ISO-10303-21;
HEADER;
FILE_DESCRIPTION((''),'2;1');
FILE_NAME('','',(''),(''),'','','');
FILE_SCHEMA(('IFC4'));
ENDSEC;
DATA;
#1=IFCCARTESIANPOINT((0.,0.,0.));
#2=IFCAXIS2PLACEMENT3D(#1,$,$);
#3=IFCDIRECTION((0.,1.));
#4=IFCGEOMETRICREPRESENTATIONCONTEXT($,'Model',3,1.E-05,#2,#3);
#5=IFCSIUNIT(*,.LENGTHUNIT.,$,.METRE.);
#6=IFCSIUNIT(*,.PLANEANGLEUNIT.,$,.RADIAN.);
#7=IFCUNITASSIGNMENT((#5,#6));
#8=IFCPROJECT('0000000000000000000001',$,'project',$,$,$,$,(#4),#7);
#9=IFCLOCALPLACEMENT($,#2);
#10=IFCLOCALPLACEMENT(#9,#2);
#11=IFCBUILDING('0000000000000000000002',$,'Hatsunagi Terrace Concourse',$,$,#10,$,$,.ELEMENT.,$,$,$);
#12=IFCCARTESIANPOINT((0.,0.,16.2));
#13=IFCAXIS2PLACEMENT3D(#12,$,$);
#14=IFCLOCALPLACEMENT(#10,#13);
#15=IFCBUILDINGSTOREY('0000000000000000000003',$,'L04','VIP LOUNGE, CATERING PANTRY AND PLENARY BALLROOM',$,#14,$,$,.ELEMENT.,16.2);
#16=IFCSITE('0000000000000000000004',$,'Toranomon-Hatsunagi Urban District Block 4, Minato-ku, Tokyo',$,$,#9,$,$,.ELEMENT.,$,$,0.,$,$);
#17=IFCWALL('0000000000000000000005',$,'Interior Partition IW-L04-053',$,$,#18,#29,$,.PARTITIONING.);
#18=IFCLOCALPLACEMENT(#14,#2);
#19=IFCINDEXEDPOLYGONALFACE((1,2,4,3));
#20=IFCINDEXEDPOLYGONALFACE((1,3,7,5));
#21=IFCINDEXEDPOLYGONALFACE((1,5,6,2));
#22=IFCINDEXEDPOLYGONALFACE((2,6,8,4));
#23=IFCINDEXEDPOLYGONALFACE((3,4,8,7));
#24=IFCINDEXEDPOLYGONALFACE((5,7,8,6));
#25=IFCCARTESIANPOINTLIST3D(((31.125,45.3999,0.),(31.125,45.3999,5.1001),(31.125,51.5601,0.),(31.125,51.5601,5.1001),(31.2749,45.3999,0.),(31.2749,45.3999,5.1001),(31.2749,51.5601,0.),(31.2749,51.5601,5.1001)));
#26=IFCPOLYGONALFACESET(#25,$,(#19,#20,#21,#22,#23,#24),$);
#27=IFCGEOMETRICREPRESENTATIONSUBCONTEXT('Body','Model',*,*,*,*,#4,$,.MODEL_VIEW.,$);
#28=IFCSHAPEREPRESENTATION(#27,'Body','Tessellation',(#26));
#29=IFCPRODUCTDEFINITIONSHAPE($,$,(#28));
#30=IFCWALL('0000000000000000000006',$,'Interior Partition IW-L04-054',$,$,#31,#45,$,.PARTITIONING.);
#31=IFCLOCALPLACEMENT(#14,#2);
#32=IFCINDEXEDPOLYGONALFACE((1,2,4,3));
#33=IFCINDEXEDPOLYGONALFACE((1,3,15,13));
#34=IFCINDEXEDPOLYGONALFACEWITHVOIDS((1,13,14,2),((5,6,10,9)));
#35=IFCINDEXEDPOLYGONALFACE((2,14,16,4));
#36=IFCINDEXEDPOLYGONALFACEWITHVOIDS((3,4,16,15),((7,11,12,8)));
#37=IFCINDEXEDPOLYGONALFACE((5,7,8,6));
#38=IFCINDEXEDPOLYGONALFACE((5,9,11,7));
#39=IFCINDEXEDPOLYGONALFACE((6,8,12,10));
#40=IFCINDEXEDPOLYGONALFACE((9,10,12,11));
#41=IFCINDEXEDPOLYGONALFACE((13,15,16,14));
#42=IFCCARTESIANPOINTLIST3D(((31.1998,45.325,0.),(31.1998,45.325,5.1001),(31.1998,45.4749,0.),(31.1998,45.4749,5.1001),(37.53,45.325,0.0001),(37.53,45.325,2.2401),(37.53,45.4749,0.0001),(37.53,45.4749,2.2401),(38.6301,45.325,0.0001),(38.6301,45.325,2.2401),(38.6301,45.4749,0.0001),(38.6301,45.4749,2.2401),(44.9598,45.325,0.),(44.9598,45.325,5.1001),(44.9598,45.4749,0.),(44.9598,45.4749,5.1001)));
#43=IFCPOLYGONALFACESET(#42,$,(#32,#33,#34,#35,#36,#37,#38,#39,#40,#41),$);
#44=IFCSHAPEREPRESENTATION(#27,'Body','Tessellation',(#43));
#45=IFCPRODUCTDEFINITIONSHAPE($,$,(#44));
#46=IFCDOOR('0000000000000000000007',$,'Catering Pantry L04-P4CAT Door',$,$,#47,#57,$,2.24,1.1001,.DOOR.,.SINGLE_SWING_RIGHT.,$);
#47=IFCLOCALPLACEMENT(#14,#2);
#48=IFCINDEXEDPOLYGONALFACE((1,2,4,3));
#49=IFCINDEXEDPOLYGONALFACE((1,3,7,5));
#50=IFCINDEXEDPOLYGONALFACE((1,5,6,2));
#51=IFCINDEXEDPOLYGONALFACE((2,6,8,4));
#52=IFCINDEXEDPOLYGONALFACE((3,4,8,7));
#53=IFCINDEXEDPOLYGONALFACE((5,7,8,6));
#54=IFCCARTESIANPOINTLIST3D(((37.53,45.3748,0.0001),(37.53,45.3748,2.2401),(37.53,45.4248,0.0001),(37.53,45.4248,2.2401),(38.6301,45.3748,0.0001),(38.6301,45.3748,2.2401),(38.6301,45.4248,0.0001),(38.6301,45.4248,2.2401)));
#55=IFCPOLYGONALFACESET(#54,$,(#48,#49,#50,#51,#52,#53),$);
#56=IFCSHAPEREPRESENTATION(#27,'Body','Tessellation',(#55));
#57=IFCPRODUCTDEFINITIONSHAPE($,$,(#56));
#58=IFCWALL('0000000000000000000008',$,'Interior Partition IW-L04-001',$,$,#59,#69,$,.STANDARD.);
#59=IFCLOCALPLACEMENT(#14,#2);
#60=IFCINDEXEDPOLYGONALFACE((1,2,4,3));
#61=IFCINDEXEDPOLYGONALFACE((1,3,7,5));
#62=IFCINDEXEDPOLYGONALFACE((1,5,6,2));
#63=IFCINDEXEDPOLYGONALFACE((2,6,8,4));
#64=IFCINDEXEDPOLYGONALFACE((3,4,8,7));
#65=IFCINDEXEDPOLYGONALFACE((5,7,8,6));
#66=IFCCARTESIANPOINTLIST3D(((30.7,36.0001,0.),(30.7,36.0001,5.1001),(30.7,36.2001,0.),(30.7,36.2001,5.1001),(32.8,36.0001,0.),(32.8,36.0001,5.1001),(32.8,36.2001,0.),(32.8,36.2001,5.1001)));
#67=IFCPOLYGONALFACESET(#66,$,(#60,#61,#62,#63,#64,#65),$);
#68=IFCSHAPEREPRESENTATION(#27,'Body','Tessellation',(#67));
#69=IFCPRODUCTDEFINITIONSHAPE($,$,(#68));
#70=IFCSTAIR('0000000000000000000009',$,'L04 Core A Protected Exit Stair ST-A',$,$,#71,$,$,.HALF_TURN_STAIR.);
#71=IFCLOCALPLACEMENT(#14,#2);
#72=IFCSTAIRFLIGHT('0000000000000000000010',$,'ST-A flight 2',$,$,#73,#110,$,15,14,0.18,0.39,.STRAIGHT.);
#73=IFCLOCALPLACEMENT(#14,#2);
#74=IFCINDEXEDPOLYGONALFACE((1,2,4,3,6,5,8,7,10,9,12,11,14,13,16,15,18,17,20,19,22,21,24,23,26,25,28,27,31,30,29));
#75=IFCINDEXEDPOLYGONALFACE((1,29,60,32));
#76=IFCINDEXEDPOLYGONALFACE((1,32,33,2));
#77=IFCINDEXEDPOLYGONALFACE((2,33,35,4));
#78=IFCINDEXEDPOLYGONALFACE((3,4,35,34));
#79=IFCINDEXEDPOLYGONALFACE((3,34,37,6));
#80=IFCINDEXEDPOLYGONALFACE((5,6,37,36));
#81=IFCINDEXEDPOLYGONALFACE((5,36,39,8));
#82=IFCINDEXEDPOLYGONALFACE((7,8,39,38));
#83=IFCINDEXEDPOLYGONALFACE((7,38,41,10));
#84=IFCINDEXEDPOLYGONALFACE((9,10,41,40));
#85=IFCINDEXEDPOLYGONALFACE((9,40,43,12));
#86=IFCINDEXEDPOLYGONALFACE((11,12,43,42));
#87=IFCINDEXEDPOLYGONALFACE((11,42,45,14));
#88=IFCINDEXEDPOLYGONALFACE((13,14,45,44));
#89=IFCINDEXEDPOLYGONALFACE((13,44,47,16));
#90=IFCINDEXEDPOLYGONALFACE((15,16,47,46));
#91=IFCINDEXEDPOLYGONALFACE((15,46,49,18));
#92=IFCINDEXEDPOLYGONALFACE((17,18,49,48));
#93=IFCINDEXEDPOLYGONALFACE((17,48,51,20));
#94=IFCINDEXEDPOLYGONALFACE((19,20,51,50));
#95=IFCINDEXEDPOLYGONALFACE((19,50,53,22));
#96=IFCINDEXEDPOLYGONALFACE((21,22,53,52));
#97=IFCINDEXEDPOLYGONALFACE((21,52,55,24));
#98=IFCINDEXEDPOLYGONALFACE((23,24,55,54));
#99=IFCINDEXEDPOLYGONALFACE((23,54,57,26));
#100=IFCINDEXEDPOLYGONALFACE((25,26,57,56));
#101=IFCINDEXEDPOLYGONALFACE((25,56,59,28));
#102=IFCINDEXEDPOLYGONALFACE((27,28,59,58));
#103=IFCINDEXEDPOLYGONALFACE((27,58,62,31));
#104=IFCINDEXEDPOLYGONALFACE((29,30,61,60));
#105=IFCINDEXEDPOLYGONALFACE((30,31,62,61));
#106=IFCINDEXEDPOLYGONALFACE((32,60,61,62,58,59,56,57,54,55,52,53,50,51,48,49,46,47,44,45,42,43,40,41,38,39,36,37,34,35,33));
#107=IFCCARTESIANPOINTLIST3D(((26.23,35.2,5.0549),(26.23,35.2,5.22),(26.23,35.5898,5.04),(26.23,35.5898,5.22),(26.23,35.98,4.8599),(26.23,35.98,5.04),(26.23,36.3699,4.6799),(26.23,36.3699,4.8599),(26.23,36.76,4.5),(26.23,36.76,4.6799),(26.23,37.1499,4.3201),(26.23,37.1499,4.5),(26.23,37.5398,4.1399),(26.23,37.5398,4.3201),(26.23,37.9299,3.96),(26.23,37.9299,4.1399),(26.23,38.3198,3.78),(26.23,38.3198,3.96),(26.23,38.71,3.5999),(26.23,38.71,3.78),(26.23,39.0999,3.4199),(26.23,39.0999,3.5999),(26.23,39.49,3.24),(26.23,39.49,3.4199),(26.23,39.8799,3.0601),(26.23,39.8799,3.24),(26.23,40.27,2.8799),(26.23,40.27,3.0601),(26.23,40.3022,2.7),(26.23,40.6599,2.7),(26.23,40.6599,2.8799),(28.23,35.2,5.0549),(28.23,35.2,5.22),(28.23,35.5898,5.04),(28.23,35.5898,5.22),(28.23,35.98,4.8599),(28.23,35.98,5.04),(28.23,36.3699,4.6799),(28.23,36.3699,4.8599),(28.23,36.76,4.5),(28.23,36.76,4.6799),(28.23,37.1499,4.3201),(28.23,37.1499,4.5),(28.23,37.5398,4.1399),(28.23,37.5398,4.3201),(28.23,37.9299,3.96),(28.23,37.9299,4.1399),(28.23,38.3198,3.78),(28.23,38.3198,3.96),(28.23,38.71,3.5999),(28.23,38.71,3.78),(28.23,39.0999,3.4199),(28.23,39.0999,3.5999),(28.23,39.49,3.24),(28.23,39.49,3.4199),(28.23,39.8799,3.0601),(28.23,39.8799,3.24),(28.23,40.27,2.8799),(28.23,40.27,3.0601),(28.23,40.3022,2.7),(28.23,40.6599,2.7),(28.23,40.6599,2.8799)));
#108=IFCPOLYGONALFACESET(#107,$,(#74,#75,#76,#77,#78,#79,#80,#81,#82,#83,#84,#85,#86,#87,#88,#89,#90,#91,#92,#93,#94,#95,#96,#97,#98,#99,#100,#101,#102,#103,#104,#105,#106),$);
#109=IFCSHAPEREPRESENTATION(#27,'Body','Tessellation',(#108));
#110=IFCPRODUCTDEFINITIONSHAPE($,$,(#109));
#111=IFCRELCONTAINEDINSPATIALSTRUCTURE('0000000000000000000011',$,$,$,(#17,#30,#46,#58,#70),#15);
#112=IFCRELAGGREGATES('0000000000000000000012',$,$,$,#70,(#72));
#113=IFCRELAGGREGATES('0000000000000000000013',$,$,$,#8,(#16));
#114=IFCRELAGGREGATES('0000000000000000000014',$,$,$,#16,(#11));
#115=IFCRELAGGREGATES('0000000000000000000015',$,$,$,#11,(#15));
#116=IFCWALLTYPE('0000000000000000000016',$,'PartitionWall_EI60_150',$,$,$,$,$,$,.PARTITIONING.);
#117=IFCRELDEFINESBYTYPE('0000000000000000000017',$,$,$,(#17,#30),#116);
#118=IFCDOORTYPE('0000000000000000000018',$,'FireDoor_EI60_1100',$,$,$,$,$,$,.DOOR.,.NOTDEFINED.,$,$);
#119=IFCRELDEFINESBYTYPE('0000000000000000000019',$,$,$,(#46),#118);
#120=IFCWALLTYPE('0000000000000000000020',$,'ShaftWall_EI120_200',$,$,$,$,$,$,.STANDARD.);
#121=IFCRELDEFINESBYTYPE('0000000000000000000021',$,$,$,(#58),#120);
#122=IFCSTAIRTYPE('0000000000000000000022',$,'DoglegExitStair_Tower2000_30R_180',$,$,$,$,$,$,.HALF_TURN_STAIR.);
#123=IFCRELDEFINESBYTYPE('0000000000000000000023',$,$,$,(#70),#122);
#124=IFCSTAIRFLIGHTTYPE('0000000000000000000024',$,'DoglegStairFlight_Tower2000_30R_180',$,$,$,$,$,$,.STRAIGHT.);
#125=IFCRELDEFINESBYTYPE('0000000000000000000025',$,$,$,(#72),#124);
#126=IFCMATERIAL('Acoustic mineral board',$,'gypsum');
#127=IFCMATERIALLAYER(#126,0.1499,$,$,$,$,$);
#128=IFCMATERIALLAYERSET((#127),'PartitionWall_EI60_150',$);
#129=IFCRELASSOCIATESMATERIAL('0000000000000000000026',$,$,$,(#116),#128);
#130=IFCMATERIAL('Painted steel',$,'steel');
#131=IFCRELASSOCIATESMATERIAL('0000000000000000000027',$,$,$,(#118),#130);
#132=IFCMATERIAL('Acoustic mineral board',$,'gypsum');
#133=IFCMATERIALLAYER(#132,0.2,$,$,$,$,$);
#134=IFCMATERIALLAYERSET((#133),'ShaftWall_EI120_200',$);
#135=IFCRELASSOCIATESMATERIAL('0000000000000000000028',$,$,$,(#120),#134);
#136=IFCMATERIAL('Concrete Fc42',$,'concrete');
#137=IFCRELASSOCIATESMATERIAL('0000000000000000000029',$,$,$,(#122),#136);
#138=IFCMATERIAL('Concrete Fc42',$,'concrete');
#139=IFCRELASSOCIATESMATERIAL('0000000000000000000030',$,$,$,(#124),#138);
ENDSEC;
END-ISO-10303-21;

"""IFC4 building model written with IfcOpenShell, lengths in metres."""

from ifc_helpers import new_model, si_unit, direction, frame, frame_2d, origin, place, context, subcontext, project, spatial, polyline, rectangle, outline, extrude, material, layer, layer_set, type_object, element, fill, aggregate, save


model = new_model("IFC4")

# Units and contexts
model_context = context("Model", 3, precision=1e-05, world=origin(), true_north=direction((0.0, 1.0)))
body_context = subcontext(model_context, "Body", "Model", "MODEL_VIEW")
ifc_project = project(units=[si_unit("LENGTHUNIT", "METRE"), si_unit("PLANEANGLEUNIT", "RADIAN")], contexts=[model_context])

# Site, building, storey
site_placement = place(None, origin())
site = spatial("IfcSite", under=ifc_project, at=site_placement, Name="Toranomon-Hatsunagi Urban District Block 4, Minato-ku, Tokyo", CompositionType="ELEMENT", RefElevation=0.0)
building_placement = place(site_placement, origin())
building = spatial("IfcBuilding", under=site, at=building_placement, Name="Hatsunagi Terrace Concourse", CompositionType="ELEMENT")
storey_placement = place(building_placement, frame((0.0, 0.0, 16.2)))
storey = spatial("IfcBuildingStorey", under=building, at=storey_placement, Name="L04", Description="VIP LOUNGE, CATERING PANTRY AND PLENARY BALLROOM", CompositionType="ELEMENT", Elevation=16.2)

# Shared definitions
ifc_material_1 = material(Name="Acoustic mineral board", Category="gypsum")
ifc_layer_1 = layer(ifc_material_1, 0.1499)
ifc_layer_set_1 = layer_set([ifc_layer_1], Name="PartitionWall_EI60_150")
wall_type_1 = type_object("IfcWallType", Name="PartitionWall_EI60_150", PredefinedType="PARTITIONING", material=ifc_layer_set_1)

# Wall
wall_1_placement = place(storey_placement, frame((31.2, 45.3999, 0.0), z_axis=(0.0, 0.0, 1.0), x_axis=(0.0, 1.0, 0.0)))
element("IfcWall", 1, at=wall_1_placement, inside=storey, type_object=wall_type_1, Name="Interior Partition IW-L04-053", PredefinedType="PARTITIONING", context=body_context, shape_type="SweptSolid", body=[
    extrude(rectangle(XDim=6.1602, YDim=0.1499, at=frame_2d((3.0801, 0.0))), origin(), (0.0, 0.0, 1.0), 5.1001),
])

# Wall, opening, door
wall_2_placement = place(storey_placement, frame((31.2, 45.3999, 0.0), z_axis=(0.0, 0.0, 1.0), x_axis=(1.0, 0.0, 0.0)))
wall_2 = element("IfcWall", 2, at=wall_2_placement, inside=storey, type_object=wall_type_1, Name="Interior Partition IW-L04-054", PredefinedType="PARTITIONING", context=body_context, shape_type="SweptSolid", body=[
    extrude(rectangle(XDim=13.76, YDim=0.1499, at=frame_2d((6.8799, 0.0))), origin(), (0.0, 0.0, 1.0), 5.1001),
])
opening_1_placement = place(wall_2_placement, frame((6.3301, 0.0, 0.0)))
opening_1 = element("IfcOpeningElement", 3, at=opening_1_placement, cuts=wall_2, PredefinedType="OPENING", context=body_context, shape_type="SweptSolid", body=[
    extrude(rectangle(XDim=1.1001, YDim=2.24, at=frame_2d((0.55, 1.1201))), frame((0.0, 0.085, 0.0), z_axis=(0.0, -1.0, 0.0), x_axis=(1.0, 0.0, 0.0)), (0.0, 0.0, 1.0), 0.1699),
])
ifc_material_2 = material(Name="Painted steel", Category="steel")
door_type_1 = type_object("IfcDoorType", Name="FireDoor_EI60_1100", OperationType="NOTDEFINED", PredefinedType="DOOR", material=ifc_material_2)
door_1_placement = place(opening_1_placement, origin())
door_1 = element("IfcDoor", 4, at=door_1_placement, inside=storey, type_object=door_type_1, Name="Catering Pantry L04-P4CAT Door", OperationType="SINGLE_SWING_RIGHT", OverallHeight=2.24, OverallWidth=1.1001, PredefinedType="DOOR", context=body_context, shape_type="SweptSolid", body=[
    extrude(rectangle(XDim=1.1001, YDim=2.24, at=frame_2d((0.55, 1.1201))), frame((0.0, 0.0249, 0.0), z_axis=(0.0, -1.0, 0.0), x_axis=(1.0, 0.0, 0.0)), (0.0, 0.0, 1.0), 0.05),
])
fill(opening_1, door_1)

# Wall
ifc_material_3 = material(Name="Acoustic mineral board", Category="gypsum")
ifc_layer_2 = layer(ifc_material_3, 0.2)
ifc_layer_set_2 = layer_set([ifc_layer_2], Name="ShaftWall_EI120_200")
wall_type_2 = type_object("IfcWallType", Name="ShaftWall_EI120_200", PredefinedType="STANDARD", material=ifc_layer_set_2)
wall_3_placement = place(storey_placement, frame((30.7, 36.1001, 0.0), z_axis=(0.0, 0.0, 1.0), x_axis=(1.0, 0.0, 0.0)))
element("IfcWall", 5, at=wall_3_placement, inside=storey, type_object=wall_type_2, Name="Interior Partition IW-L04-001", PredefinedType="STANDARD", context=body_context, shape_type="SweptSolid", body=[
    extrude(rectangle(XDim=2.1001, YDim=0.2, at=frame_2d((1.05, 0.0))), origin(), (0.0, 0.0, 1.0), 5.1001),
])

# Stair, stair flight
ifc_material_4 = material(Name="Concrete Fc42", Category="concrete")
stair_type = type_object("IfcStairType", Name="DoglegExitStair_Tower2000_30R_180", PredefinedType="HALF_TURN_STAIR", material=ifc_material_4)
stair_placement = place(storey_placement, origin())
stair = element("IfcStair", 6, at=stair_placement, inside=storey, type_object=stair_type, Name="L04 Core A Protected Exit Stair ST-A", PredefinedType="HALF_TURN_STAIR")
ifc_material_5 = material(Name="Concrete Fc42", Category="concrete")
stair_flight_type = type_object("IfcStairFlightType", Name="DoglegStairFlight_Tower2000_30R_180", PredefinedType="STRAIGHT", material=ifc_material_5)
stair_flight_placement = place(storey_placement, frame((27.23, 40.6599, 2.7), z_axis=(0.0, 0.0, 1.0), x_axis=(0.0, -1.0, 0.0)))
stair_flight = element("IfcStairFlight", 7, at=stair_flight_placement, type_object=stair_flight_type, Name="ST-A flight 2", NumberOfRisers=15, NumberOfTreads=14, PredefinedType="STRAIGHT", RiserHeight=0.18, TreadLength=0.39, context=body_context, shape_type="SweptSolid", body=[
    extrude(outline(polyline([(0.0, 0.0), (0.0, 0.1799), (0.3899, 0.1799), (0.3899, 0.3601), (0.78, 0.3601), (0.78, 0.54), (1.1699, 0.54), (1.1699, 0.72), (1.5601, 0.72), (1.5601, 0.8999), (1.95, 0.8999), (1.95, 1.0801), (2.3401, 1.0801), (2.3401, 1.26), (2.73, 1.26), (2.73, 1.4399), (3.1201, 1.4399), (3.1201, 1.6201), (3.51, 1.6201), (3.51, 1.8), (3.8999, 1.8), (3.8999, 1.98), (4.29, 1.98), (4.29, 2.1599), (4.6799, 2.1599), (4.6799, 2.3401), (5.0701, 2.3401), (5.0701, 2.52), (5.46, 2.52), (5.46, 2.7), (5.46, 2.355), (0.3577, 0.0), (0.0, 0.0)])), frame((0.0, 1.0, 0.0), z_axis=(0.0, -1.0, 0.0), x_axis=(1.0, 0.0, 0.0)), (0.0, 0.0, 1.0), 2.0),
])
aggregate(stair, [stair_flight])

save(model, "model.ifc")
